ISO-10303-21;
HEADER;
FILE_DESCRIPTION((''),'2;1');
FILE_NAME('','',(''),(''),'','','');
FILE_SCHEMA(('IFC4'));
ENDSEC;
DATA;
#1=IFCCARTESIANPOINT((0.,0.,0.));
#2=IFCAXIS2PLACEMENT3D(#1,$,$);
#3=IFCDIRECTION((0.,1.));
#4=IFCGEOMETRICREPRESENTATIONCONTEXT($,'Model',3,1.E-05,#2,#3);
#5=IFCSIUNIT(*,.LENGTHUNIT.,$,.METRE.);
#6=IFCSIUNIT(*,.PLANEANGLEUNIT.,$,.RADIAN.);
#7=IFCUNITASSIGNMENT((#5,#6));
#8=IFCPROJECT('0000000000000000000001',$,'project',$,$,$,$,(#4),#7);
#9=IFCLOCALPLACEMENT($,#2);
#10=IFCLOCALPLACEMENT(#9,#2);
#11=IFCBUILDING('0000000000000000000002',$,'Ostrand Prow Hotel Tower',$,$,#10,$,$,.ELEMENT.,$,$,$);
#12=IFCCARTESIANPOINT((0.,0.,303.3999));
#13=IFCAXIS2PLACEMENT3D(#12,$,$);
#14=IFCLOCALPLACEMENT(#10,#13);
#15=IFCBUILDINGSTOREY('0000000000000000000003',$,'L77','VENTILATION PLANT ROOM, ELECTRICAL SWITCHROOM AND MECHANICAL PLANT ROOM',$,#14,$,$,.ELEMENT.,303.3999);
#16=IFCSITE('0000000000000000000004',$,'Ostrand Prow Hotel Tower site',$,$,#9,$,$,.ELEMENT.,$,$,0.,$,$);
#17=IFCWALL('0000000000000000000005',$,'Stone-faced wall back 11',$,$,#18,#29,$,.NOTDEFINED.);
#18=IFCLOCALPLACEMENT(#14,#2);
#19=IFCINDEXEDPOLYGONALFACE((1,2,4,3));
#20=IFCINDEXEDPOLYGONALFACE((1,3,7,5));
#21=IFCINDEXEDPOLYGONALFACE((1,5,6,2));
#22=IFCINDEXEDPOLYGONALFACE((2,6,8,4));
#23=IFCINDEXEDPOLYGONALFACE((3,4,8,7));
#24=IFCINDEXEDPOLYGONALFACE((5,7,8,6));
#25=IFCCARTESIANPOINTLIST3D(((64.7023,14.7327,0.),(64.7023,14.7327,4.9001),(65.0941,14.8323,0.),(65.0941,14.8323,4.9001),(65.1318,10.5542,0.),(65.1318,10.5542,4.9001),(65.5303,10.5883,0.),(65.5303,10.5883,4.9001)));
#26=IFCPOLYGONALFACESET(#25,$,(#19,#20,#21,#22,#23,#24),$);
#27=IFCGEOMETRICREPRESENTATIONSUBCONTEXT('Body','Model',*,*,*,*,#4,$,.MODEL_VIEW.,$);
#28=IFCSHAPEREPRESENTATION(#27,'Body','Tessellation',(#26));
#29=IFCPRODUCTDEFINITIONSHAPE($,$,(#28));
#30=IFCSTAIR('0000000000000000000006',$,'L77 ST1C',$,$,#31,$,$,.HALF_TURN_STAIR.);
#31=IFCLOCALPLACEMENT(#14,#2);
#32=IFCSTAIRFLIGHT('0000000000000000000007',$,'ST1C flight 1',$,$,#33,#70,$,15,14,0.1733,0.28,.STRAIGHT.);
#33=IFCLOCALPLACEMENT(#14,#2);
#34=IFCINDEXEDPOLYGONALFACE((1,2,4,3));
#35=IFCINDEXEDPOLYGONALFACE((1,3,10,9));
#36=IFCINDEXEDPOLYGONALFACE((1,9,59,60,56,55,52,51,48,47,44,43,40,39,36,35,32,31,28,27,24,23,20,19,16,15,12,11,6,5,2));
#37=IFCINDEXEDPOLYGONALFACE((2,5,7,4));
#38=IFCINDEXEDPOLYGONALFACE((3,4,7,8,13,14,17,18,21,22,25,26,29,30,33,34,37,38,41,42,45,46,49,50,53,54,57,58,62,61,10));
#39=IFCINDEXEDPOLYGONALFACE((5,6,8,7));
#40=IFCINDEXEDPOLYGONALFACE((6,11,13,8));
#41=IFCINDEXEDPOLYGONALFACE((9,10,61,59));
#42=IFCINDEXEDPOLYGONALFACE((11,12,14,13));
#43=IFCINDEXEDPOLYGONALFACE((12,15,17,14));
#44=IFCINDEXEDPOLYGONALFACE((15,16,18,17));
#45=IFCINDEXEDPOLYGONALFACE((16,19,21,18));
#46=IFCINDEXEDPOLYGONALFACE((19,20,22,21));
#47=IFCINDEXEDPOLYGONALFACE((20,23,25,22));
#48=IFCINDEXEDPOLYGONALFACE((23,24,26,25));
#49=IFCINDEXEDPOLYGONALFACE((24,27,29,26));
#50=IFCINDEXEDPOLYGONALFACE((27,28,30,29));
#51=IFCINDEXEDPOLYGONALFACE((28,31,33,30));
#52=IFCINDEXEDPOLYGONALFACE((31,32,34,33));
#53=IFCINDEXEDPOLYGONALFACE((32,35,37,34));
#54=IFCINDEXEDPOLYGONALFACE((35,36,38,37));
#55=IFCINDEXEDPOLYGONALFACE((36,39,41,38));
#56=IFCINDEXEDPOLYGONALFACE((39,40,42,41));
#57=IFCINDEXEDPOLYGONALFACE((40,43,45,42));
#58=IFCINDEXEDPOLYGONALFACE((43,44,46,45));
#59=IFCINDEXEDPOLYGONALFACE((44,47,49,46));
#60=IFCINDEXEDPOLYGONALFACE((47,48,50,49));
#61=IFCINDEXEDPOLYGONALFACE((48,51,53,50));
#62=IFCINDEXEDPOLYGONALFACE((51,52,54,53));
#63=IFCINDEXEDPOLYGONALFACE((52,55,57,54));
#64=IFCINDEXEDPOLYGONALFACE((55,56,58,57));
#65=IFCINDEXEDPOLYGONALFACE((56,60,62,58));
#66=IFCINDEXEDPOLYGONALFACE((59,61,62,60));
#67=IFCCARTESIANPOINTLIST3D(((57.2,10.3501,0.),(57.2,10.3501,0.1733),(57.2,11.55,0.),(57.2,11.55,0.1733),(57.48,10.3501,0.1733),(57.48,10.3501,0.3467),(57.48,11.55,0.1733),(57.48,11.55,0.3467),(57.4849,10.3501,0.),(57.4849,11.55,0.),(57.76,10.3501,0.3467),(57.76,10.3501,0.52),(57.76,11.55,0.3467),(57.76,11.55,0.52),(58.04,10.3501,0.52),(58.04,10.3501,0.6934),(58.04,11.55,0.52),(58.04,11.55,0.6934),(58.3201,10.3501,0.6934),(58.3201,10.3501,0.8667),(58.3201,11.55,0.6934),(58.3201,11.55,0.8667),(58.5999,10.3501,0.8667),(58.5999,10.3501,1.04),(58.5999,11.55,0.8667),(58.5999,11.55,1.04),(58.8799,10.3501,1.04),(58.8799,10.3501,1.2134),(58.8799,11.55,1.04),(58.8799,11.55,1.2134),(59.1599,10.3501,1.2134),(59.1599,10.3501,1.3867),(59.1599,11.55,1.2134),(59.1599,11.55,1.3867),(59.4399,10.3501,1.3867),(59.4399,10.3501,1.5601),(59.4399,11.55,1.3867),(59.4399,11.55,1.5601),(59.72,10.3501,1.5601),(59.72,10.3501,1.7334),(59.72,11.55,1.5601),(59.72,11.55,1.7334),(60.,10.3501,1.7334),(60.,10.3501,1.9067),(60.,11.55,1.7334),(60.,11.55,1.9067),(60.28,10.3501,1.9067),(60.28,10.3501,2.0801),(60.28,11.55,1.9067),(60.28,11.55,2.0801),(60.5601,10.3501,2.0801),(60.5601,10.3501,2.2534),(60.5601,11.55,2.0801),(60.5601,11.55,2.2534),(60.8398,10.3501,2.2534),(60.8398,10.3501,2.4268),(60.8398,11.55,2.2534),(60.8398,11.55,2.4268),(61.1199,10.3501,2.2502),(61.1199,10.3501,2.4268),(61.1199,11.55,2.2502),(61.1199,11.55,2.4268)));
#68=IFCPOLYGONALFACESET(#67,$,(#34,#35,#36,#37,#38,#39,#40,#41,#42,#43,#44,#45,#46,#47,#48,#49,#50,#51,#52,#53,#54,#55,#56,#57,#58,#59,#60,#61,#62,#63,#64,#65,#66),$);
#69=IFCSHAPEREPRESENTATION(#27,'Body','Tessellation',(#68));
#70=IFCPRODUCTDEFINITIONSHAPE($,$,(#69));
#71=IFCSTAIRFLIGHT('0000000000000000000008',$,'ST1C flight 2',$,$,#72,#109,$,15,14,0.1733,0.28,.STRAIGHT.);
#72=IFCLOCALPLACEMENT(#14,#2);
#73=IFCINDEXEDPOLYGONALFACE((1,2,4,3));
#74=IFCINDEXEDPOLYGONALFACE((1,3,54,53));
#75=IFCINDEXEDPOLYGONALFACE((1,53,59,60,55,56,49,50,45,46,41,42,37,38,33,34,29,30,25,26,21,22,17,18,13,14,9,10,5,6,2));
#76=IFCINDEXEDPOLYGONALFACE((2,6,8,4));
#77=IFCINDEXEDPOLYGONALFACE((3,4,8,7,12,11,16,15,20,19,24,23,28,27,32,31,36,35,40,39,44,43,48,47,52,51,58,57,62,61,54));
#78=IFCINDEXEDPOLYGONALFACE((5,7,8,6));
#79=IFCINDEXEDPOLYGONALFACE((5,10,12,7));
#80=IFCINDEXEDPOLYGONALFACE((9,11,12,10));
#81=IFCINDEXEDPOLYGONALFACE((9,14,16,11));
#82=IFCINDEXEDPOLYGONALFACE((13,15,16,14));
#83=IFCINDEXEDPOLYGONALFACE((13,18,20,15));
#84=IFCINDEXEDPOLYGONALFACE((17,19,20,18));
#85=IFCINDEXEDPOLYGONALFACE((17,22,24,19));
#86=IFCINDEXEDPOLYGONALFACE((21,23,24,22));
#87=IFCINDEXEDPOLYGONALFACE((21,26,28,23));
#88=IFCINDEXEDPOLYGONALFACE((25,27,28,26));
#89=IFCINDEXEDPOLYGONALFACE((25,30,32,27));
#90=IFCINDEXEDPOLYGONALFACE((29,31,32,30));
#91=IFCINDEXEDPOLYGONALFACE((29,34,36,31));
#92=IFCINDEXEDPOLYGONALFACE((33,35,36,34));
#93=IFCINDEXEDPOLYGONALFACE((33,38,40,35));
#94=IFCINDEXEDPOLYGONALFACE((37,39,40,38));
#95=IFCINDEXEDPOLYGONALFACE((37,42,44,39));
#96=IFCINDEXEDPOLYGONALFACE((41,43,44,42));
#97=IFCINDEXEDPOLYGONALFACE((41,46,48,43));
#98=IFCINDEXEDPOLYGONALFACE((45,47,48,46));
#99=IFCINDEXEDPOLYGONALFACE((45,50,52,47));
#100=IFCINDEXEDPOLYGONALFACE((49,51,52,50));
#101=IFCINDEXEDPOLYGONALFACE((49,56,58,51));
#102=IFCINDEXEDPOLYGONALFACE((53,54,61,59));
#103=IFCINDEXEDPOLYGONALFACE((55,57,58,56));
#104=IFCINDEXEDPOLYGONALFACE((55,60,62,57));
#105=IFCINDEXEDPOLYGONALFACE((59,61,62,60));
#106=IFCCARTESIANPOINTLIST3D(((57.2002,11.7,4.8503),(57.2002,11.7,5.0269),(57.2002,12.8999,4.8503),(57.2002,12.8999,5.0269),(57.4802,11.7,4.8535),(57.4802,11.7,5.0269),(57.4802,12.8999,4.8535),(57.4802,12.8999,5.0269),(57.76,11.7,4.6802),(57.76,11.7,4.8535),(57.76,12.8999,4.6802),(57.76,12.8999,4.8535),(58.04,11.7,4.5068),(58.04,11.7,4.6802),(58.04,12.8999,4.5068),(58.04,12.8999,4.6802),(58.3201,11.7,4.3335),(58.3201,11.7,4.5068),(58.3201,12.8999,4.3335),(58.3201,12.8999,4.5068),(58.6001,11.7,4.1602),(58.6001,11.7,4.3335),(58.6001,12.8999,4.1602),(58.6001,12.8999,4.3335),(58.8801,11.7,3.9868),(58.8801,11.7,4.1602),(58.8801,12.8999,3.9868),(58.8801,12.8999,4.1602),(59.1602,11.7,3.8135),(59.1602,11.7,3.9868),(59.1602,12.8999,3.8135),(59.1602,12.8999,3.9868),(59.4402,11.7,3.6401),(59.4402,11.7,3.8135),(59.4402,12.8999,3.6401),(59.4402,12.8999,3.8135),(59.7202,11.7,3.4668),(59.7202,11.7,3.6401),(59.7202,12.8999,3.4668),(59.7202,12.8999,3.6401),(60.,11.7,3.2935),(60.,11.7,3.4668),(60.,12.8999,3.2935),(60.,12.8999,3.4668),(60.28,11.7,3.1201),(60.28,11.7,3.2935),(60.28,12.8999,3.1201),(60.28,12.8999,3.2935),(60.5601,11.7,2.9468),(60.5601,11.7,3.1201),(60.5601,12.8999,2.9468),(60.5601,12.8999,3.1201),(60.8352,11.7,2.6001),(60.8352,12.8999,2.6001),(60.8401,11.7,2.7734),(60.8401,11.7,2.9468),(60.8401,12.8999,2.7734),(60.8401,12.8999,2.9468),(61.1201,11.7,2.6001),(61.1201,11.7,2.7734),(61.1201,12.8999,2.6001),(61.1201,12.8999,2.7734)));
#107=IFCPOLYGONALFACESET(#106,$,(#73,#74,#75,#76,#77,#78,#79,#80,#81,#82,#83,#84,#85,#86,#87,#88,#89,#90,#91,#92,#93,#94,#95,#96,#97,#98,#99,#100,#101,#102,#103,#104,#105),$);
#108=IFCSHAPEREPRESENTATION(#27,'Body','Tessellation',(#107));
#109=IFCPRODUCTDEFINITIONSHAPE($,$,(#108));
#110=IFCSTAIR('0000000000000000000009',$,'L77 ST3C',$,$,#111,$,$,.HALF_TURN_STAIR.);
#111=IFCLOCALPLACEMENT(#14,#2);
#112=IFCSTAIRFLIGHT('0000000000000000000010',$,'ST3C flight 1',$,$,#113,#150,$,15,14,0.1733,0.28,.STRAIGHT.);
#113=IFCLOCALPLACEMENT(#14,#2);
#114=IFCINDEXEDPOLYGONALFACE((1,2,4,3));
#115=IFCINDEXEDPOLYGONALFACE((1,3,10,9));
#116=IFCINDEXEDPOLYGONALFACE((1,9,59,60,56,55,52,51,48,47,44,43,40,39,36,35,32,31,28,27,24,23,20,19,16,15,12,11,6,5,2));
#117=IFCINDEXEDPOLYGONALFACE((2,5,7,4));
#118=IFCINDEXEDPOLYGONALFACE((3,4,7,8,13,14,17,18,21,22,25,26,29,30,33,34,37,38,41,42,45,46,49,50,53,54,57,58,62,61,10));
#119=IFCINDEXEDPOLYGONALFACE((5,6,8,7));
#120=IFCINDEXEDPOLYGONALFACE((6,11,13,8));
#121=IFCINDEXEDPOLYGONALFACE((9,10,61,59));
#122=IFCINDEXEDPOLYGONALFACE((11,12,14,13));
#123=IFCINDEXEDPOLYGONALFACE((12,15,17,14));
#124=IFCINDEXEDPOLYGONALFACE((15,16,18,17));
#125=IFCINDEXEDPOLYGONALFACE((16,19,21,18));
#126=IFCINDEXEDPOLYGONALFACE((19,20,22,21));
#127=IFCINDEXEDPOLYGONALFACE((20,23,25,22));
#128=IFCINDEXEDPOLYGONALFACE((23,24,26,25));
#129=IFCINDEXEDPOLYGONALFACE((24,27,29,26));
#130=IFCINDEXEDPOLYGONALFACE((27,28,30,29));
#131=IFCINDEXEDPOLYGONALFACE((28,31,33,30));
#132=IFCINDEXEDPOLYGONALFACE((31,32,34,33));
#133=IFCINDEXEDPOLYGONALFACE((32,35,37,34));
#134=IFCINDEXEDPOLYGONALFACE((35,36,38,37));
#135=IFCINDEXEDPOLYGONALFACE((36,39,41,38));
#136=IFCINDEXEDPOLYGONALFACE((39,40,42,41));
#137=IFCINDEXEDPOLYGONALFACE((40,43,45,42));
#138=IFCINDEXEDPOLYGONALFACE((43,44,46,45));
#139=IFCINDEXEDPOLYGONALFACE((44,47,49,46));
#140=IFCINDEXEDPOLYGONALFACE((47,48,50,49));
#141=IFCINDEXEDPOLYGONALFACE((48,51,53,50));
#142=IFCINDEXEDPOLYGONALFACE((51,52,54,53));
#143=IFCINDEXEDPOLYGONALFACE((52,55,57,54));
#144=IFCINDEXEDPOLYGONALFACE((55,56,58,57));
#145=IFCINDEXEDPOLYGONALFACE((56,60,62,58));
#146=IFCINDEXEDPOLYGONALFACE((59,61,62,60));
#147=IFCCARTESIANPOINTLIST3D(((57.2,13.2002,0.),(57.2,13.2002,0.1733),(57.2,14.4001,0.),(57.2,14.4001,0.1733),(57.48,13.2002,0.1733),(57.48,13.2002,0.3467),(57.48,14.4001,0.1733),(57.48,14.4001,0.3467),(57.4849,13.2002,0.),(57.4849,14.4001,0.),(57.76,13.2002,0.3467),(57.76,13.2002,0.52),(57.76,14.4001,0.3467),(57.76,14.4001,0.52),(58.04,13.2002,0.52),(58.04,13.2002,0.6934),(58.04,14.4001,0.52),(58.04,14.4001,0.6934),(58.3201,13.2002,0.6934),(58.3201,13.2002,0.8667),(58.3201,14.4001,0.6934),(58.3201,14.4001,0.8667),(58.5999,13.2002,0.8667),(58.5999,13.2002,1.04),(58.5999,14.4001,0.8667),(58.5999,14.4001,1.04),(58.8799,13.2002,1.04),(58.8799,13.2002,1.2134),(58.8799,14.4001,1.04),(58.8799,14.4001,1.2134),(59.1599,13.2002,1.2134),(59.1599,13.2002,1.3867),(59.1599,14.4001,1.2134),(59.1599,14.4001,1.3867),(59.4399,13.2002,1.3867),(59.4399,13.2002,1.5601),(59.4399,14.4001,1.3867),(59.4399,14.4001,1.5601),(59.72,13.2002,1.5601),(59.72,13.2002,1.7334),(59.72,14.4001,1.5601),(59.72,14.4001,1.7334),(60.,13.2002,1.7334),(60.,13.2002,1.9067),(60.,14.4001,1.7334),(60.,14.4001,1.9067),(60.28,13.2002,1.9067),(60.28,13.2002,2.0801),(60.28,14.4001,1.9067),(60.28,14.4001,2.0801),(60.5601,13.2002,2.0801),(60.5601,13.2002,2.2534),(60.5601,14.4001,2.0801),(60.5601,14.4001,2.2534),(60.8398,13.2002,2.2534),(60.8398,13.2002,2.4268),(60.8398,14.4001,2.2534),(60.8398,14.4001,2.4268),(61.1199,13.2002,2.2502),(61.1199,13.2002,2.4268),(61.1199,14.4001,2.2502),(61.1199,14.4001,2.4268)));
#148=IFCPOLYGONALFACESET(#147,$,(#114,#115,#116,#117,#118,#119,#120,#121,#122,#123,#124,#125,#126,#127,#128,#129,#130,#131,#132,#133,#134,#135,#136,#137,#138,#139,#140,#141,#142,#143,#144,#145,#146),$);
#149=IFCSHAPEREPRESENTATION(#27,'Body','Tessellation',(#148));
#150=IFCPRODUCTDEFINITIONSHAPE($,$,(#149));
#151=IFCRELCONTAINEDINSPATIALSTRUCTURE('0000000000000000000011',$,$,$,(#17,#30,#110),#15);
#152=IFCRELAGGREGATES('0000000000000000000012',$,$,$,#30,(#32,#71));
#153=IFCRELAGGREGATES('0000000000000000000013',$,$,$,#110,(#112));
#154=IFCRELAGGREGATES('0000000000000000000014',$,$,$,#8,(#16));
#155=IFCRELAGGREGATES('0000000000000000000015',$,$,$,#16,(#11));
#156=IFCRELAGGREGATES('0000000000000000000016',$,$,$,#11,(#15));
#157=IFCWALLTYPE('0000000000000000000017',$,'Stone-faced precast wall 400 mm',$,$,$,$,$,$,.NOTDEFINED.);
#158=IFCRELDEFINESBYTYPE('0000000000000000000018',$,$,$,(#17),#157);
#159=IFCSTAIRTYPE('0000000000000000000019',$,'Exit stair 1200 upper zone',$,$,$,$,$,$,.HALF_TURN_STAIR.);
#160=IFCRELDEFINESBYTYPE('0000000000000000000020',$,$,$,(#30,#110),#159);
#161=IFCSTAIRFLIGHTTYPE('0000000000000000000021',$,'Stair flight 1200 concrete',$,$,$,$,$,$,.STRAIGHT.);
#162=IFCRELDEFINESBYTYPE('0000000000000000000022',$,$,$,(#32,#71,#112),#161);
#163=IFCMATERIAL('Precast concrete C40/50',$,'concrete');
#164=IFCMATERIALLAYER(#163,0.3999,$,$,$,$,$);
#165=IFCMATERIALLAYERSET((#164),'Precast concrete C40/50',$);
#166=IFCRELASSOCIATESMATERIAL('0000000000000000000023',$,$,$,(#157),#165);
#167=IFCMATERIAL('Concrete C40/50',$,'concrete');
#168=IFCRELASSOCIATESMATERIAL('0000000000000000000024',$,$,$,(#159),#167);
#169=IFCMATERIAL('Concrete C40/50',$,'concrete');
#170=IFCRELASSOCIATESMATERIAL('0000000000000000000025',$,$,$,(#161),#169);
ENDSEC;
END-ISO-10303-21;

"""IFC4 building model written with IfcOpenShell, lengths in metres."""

from ifc_helpers import new_model, si_unit, direction, frame, origin, place, context, subcontext, project, spatial, polyline, outline, extrude, material, layer, layer_set, type_object, element, aggregate, save


model = new_model("IFC4")

# Units and contexts
model_context = context("Model", 3, precision=1e-05, world=origin(), true_north=direction((0.0, 1.0)))
body_context = subcontext(model_context, "Body", "Model", "MODEL_VIEW")
ifc_project = project(units=[si_unit("LENGTHUNIT", "METRE"), si_unit("PLANEANGLEUNIT", "RADIAN")], contexts=[model_context])

# Site, building, storey
site_placement = place(None, origin())
site = spatial("IfcSite", under=ifc_project, at=site_placement, Name="Ostrand Prow Hotel Tower site", CompositionType="ELEMENT", RefElevation=0.0)
building_placement = place(site_placement, origin())
building = spatial("IfcBuilding", under=site, at=building_placement, Name="Ostrand Prow Hotel Tower", CompositionType="ELEMENT")
storey_placement = place(building_placement, frame((0.0, 0.0, 303.3999)))
storey = spatial("IfcBuildingStorey", under=building, at=storey_placement, Name="L77", Description="VENTILATION PLANT ROOM, ELECTRICAL SWITCHROOM AND MECHANICAL PLANT ROOM", CompositionType="ELEMENT", Elevation=303.3999)

# Wall
ifc_material_1 = material(Name="Precast concrete C40/50", Category="concrete")
ifc_layer_1 = layer(ifc_material_1, 0.3999)
ifc_layer_set_1 = layer_set([ifc_layer_1], Name="Precast concrete C40/50")
wall_type_1 = type_object("IfcWallType", Name="Stone-faced precast wall 400 mm", PredefinedType="NOTDEFINED", material=ifc_layer_set_1)
wall_1_placement = place(storey_placement, frame((65.3311, 10.5713, 0.0), z_axis=(0.0, 0.0, 1.0), x_axis=(-0.10225, 0.994759, 0.0)))
element("IfcWall", 1, at=wall_1_placement, inside=storey, type_object=wall_type_1, Name="Stone-faced wall back 11", PredefinedType="NOTDEFINED", context=body_context, shape_type="SweptSolid", body=[
    extrude(outline(polyline([(-0.0034, -0.2), (4.2629, -0.2), (4.2039, 0.2), (0.0034, 0.2), (-0.0034, -0.2)])), origin(), (0.0, 0.0, 1.0), 4.9001),
])

# Stair, stair flights
ifc_material_2 = material(Name="Concrete C40/50", Category="concrete")
stair_type = type_object("IfcStairType", Name="Exit stair 1200 upper zone", PredefinedType="HALF_TURN_STAIR", material=ifc_material_2)
stair_1_placement = place(storey_placement, origin())
stair_1 = element("IfcStair", 2, at=stair_1_placement, inside=storey, type_object=stair_type, Name="L77 ST1C", PredefinedType="HALF_TURN_STAIR")
ifc_material_3 = material(Name="Concrete C40/50", Category="concrete")
stair_flight_type = type_object("IfcStairFlightType", Name="Stair flight 1200 concrete", PredefinedType="STRAIGHT", material=ifc_material_3)
stair_flight_1_placement = place(storey_placement, frame((57.2, 10.95, 0.0), z_axis=(0.0, 0.0, 1.0), x_axis=(1.0, 0.0, 0.0)))
stair_flight_1 = element("IfcStairFlight", 3, at=stair_flight_1_placement, type_object=stair_flight_type, Name="ST1C flight 1", NumberOfRisers=15, NumberOfTreads=14, PredefinedType="STRAIGHT", RiserHeight=0.1733, TreadLength=0.28, context=body_context, shape_type="SweptSolid", body=[
    extrude(outline(polyline([(0.0, 0.0), (0.0, 0.1733), (0.28, 0.1733), (0.28, 0.3467), (0.5601, 0.3467), (0.5601, 0.52), (0.8401, 0.52), (0.8401, 0.6934), (1.1201, 0.6934), (1.1201, 0.8667), (1.3999, 0.8667), (1.3999, 1.04), (1.6799, 1.04), (1.6799, 1.2134), (1.96, 1.2134), (1.96, 1.3867), (2.24, 1.3867), (2.24, 1.5601), (2.52, 1.5601), (2.52, 1.7334), (2.8, 1.7334), (2.8, 1.9067), (3.0801, 1.9067), (3.0801, 2.0801), (3.3601, 2.0801), (3.3601, 2.2534), (3.6399, 2.2534), (3.6399, 2.4268), (3.9199, 2.4268), (3.9199, 2.6001), (3.9199, 2.2502), (0.2849, 0.0), (0.0, 0.0)])), frame((0.0, 0.6001, 0.0), z_axis=(0.0, -1.0, 0.0), x_axis=(1.0, 0.0, 0.0)), (0.0, 0.0, 1.0), 1.2),
])
stair_flight_2_placement = place(storey_placement, frame((61.1201, 12.3, 2.6001), z_axis=(0.0, 0.0, 1.0), x_axis=(-1.0, 0.0, 0.0)))
stair_flight_2 = element("IfcStairFlight", 4, at=stair_flight_2_placement, type_object=stair_flight_type, Name="ST1C flight 2", NumberOfRisers=15, NumberOfTreads=14, PredefinedType="STRAIGHT", RiserHeight=0.1733, TreadLength=0.28, context=body_context, shape_type="SweptSolid", body=[
    extrude(outline(polyline([(0.0, 0.0), (0.0, 0.1733), (0.28, 0.1733), (0.28, 0.3467), (0.5601, 0.3467), (0.5601, 0.52), (0.8401, 0.52), (0.8401, 0.6934), (1.1201, 0.6934), (1.1201, 0.8667), (1.3999, 0.8667), (1.3999, 1.04), (1.6799, 1.04), (1.6799, 1.2134), (1.96, 1.2134), (1.96, 1.3867), (2.24, 1.3867), (2.24, 1.5601), (2.52, 1.5601), (2.52, 1.7334), (2.8, 1.7334), (2.8, 1.9067), (3.0801, 1.9067), (3.0801, 2.0801), (3.3601, 2.0801), (3.3601, 2.2534), (3.6399, 2.2534), (3.6399, 2.4268), (3.9199, 2.4268), (3.9199, 2.6001), (3.9199, 2.2502), (0.2849, 0.0), (0.0, 0.0)])), frame((0.0, 0.6001, 0.0), z_axis=(0.0, -1.0, 0.0), x_axis=(1.0, 0.0, 0.0)), (0.0, 0.0, 1.0), 1.2),
])
aggregate(stair_1, [stair_flight_1, stair_flight_2])

# Stair, stair flight
stair_2_placement = place(storey_placement, origin())
stair_2 = element("IfcStair", 5, at=stair_2_placement, inside=storey, type_object=stair_type, Name="L77 ST3C", PredefinedType="HALF_TURN_STAIR")
stair_flight_3_placement = place(storey_placement, frame((57.2, 13.8, 0.0), z_axis=(0.0, 0.0, 1.0), x_axis=(1.0, 0.0, 0.0)))
stair_flight_3 = element("IfcStairFlight", 6, at=stair_flight_3_placement, type_object=stair_flight_type, Name="ST3C flight 1", NumberOfRisers=15, NumberOfTreads=14, PredefinedType="STRAIGHT", RiserHeight=0.1733, TreadLength=0.28, context=body_context, shape_type="SweptSolid", body=[
    extrude(outline(polyline([(0.0, 0.0), (0.0, 0.1733), (0.28, 0.1733), (0.28, 0.3467), (0.5601, 0.3467), (0.5601, 0.52), (0.8401, 0.52), (0.8401, 0.6934), (1.1201, 0.6934), (1.1201, 0.8667), (1.3999, 0.8667), (1.3999, 1.04), (1.6799, 1.04), (1.6799, 1.2134), (1.96, 1.2134), (1.96, 1.3867), (2.24, 1.3867), (2.24, 1.5601), (2.52, 1.5601), (2.52, 1.7334), (2.8, 1.7334), (2.8, 1.9067), (3.0801, 1.9067), (3.0801, 2.0801), (3.3601, 2.0801), (3.3601, 2.2534), (3.6399, 2.2534), (3.6399, 2.4268), (3.9199, 2.4268), (3.9199, 2.6001), (3.9199, 2.2502), (0.2849, 0.0), (0.0, 0.0)])), frame((0.0, 0.6001, 0.0), z_axis=(0.0, -1.0, 0.0), x_axis=(1.0, 0.0, 0.0)), (0.0, 0.0, 1.0), 1.2),
])
aggregate(stair_2, [stair_flight_3])

save(model, "model.ifc")
